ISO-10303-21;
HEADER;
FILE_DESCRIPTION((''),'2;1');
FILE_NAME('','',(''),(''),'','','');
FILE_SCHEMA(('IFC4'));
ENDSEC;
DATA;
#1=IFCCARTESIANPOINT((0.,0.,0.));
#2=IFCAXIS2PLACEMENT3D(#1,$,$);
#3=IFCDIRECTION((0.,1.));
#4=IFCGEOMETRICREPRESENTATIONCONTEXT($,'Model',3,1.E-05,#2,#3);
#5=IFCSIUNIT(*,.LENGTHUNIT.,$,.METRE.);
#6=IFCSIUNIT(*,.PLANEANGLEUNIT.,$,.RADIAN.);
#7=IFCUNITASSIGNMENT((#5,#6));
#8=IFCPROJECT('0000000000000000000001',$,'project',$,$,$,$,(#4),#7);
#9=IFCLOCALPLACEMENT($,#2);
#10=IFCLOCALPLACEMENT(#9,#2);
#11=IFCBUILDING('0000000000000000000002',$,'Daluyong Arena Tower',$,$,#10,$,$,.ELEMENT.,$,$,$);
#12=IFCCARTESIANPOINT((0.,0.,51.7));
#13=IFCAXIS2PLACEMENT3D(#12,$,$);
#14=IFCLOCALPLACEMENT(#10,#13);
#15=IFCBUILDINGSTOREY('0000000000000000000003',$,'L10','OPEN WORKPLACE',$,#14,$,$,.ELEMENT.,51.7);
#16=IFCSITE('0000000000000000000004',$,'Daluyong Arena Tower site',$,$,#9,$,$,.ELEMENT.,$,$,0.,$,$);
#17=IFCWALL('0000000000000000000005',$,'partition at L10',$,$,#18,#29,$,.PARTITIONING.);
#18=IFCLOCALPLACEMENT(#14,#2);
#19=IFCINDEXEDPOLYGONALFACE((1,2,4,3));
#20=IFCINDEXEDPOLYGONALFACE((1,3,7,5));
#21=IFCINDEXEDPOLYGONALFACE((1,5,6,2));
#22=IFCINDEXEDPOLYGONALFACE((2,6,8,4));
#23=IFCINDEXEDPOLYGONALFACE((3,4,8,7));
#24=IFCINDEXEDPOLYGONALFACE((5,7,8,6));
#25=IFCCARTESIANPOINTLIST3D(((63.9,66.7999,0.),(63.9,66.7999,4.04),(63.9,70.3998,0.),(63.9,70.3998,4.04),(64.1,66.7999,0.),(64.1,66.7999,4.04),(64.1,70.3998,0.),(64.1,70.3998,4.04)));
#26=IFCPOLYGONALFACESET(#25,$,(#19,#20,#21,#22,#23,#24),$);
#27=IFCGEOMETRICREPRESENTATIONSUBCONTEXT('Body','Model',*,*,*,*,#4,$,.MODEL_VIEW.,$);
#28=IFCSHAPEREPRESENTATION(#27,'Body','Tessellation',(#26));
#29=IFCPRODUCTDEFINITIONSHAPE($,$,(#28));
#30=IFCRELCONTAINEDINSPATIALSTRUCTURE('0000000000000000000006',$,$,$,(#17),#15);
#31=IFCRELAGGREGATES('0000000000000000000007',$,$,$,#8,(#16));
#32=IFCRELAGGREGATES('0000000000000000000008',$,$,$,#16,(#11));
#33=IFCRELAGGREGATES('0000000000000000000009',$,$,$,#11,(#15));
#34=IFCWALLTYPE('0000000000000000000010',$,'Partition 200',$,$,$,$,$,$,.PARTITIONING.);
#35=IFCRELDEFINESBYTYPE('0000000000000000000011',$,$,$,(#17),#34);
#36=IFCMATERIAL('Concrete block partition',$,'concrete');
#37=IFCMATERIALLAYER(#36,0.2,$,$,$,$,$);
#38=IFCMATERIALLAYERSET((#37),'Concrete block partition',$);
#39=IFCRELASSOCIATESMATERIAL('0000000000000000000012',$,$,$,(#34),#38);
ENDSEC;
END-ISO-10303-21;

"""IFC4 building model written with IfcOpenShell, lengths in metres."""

from ifc_helpers import new_model, si_unit, direction, frame, frame_2d, origin, place, context, subcontext, project, spatial, rectangle, extrude, material, layer, layer_set, type_object, element, save


model = new_model("IFC4")

# Units and contexts
model_context = context("Model", 3, precision=1e-05, world=origin(), true_north=direction((0.0, 1.0)))
body_context = subcontext(model_context, "Body", "Model", "MODEL_VIEW")
ifc_project = project(units=[si_unit("LENGTHUNIT", "METRE"), si_unit("PLANEANGLEUNIT", "RADIAN")], contexts=[model_context])

# Site, building, storey
site_placement = place(None, origin())
site = spatial("IfcSite", under=ifc_project, at=site_placement, Name="Daluyong Arena Tower site", CompositionType="ELEMENT", RefElevation=0.0)
building_placement = place(site_placement, origin())
building = spatial("IfcBuilding", under=site, at=building_placement, Name="Daluyong Arena Tower", CompositionType="ELEMENT")
storey_placement = place(building_placement, frame((0.0, 0.0, 51.7)))
storey = spatial("IfcBuildingStorey", under=building, at=storey_placement, Name="L10", Description="OPEN WORKPLACE", CompositionType="ELEMENT", Elevation=51.7)

# Wall
ifc_material_1 = material(Name="Concrete block partition", Category="concrete")
ifc_layer_1 = layer(ifc_material_1, 0.2)
ifc_layer_set_1 = layer_set([ifc_layer_1], Name="Concrete block partition")
wall_type_1 = type_object("IfcWallType", Name="Partition 200", PredefinedType="PARTITIONING", material=ifc_layer_set_1)
wall_1_placement = place(storey_placement, frame((64.0, 66.8, 0.0), z_axis=(0.0, 0.0, 1.0), x_axis=(0.0, 1.0, 0.0)))
element("IfcWall", 1, at=wall_1_placement, inside=storey, type_object=wall_type_1, Name="partition at L10", PredefinedType="PARTITIONING", context=body_context, shape_type="SweptSolid", body=[
    extrude(rectangle(XDim=3.5999, YDim=0.2, at=frame_2d((1.7998, 0.0))), origin(), (0.0, 0.0, 1.0), 4.04),
])

save(model, "model.ifc")
